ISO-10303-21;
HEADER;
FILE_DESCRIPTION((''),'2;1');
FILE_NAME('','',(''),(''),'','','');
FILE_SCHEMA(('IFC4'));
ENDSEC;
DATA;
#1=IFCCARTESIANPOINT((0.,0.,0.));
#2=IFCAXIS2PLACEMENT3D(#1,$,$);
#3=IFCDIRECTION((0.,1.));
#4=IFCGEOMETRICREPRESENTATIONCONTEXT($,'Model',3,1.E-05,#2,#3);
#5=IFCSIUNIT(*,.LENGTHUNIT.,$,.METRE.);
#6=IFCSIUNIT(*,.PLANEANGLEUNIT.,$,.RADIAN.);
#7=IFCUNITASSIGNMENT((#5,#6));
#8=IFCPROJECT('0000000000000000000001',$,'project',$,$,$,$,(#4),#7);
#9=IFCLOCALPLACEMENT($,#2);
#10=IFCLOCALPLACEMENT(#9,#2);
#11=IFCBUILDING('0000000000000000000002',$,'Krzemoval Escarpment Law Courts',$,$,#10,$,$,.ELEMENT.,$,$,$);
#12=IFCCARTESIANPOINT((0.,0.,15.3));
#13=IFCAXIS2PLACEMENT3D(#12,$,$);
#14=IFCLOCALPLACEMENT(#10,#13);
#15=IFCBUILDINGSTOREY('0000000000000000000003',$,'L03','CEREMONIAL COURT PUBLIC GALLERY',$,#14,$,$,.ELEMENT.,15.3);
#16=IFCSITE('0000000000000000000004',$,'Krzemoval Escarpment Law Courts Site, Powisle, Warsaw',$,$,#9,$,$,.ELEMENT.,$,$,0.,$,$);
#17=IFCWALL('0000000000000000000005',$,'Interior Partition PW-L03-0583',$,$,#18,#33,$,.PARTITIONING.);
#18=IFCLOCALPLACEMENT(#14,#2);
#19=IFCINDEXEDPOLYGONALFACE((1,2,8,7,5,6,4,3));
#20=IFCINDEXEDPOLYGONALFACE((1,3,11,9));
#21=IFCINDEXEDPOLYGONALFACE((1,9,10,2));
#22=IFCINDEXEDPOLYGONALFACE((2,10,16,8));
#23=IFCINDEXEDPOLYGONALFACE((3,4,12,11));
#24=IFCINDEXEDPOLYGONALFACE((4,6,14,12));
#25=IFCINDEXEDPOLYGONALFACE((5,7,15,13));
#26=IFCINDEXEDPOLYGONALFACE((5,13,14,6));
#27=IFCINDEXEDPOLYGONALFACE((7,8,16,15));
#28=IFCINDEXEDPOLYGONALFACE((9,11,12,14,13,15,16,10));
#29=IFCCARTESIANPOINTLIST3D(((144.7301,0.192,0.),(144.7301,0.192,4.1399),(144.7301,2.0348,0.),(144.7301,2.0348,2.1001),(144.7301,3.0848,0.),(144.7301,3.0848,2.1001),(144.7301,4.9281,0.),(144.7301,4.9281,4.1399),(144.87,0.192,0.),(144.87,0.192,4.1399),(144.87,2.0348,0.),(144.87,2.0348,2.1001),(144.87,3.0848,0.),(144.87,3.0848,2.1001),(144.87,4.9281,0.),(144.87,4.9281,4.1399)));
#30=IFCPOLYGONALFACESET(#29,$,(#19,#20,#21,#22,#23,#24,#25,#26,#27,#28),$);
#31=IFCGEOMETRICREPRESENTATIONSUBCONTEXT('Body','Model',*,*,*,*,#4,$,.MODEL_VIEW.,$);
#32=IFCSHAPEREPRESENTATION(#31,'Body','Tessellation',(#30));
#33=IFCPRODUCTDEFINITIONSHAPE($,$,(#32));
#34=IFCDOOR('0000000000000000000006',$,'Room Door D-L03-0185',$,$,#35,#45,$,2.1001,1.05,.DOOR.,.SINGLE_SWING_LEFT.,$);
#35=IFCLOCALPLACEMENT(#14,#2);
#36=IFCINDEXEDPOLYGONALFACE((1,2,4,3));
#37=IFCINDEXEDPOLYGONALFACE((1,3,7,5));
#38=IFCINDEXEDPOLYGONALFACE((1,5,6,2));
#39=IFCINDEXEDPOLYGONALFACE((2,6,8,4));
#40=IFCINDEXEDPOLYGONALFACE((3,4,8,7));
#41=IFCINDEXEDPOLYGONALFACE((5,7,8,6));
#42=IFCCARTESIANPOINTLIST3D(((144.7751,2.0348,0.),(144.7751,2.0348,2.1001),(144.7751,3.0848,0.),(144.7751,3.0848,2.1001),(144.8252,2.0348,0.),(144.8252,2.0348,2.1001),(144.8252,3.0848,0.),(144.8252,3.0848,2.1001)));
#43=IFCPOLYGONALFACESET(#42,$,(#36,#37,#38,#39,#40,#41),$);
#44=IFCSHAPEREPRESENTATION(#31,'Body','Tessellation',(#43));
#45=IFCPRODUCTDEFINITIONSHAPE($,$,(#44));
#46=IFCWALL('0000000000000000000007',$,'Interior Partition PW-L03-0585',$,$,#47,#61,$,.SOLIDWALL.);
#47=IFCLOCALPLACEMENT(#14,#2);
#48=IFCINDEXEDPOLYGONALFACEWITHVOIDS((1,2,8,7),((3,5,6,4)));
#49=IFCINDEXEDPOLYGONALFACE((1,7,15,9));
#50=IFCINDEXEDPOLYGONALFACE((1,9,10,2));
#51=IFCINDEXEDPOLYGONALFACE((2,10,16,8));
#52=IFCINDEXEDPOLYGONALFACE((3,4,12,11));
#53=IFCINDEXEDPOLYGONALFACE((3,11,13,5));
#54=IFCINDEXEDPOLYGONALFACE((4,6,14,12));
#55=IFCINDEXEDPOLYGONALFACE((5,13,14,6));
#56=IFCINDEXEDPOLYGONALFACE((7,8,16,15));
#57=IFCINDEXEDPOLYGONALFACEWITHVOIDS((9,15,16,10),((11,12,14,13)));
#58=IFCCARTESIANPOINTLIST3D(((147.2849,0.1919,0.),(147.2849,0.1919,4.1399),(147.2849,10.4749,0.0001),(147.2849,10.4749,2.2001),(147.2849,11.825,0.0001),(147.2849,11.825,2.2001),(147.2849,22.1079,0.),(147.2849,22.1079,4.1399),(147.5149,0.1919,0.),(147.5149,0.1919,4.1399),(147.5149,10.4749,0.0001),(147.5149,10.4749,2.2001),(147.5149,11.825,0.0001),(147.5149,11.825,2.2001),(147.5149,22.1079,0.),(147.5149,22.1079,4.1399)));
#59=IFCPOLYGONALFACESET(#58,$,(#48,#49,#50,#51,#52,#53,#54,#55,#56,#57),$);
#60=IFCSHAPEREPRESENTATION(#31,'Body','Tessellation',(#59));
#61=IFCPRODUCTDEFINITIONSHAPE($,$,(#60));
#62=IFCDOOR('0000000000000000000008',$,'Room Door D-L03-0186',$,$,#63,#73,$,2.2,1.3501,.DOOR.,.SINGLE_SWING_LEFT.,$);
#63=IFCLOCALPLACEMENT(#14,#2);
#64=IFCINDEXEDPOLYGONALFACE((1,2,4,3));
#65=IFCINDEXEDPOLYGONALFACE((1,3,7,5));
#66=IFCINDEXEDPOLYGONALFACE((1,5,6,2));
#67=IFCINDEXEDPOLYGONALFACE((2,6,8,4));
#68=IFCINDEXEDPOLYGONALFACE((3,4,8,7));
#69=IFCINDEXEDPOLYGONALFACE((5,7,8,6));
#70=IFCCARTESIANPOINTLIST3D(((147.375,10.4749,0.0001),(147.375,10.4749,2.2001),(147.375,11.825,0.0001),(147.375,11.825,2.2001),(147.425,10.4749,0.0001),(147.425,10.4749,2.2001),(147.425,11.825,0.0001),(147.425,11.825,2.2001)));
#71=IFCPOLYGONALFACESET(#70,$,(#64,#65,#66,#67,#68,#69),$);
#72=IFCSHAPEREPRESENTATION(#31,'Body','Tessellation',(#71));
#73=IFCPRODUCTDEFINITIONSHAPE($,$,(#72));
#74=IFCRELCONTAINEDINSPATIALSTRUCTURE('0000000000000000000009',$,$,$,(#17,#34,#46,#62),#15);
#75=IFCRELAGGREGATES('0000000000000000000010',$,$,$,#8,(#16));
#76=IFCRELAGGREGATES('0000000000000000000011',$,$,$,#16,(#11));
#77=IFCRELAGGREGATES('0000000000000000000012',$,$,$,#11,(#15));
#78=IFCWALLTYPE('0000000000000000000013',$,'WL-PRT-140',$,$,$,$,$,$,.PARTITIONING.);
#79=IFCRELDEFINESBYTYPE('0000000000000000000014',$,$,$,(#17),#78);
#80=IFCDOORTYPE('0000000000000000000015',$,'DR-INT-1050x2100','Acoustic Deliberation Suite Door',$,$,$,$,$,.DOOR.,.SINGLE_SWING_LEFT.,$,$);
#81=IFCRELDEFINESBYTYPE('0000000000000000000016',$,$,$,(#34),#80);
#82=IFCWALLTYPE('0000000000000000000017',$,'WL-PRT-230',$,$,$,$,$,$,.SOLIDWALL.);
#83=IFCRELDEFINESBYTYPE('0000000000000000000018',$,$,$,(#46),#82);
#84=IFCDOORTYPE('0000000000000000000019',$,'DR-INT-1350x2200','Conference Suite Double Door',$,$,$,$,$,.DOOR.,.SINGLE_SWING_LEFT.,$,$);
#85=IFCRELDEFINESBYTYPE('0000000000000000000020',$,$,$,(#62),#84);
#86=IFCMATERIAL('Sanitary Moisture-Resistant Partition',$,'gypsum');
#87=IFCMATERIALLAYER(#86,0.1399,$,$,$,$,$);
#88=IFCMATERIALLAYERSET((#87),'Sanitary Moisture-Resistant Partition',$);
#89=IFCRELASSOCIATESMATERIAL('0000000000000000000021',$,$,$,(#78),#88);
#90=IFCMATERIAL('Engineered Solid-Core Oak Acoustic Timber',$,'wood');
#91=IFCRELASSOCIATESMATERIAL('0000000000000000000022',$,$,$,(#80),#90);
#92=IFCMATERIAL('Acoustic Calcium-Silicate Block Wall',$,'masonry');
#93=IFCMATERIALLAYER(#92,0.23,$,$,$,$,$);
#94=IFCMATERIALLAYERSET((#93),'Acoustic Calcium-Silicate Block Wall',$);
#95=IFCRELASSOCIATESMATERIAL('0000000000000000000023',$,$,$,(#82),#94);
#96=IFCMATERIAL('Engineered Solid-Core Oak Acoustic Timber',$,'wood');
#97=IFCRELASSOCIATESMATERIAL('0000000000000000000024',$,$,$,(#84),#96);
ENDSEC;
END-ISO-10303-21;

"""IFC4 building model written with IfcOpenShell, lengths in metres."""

from ifc_helpers import new_model, si_unit, direction, frame, frame_2d, origin, place, context, subcontext, project, spatial, rectangle, extrude, material, layer, layer_set, type_object, element, fill, save


model = new_model("IFC4")

# Units and contexts
model_context = context("Model", 3, precision=1e-05, world=origin(), true_north=direction((0.0, 1.0)))
body_context = subcontext(model_context, "Body", "Model", "MODEL_VIEW")
ifc_project = project(units=[si_unit("LENGTHUNIT", "METRE"), si_unit("PLANEANGLEUNIT", "RADIAN")], contexts=[model_context])

# Site, building, storey
site_placement = place(None, origin())
site = spatial("IfcSite", under=ifc_project, at=site_placement, Name="Krzemoval Escarpment Law Courts Site, Powisle, Warsaw", CompositionType="ELEMENT", RefElevation=0.0)
building_placement = place(site_placement, origin())
building = spatial("IfcBuilding", under=site, at=building_placement, Name="Krzemoval Escarpment Law Courts", CompositionType="ELEMENT")
storey_placement = place(building_placement, frame((0.0, 0.0, 15.3)))
storey = spatial("IfcBuildingStorey", under=building, at=storey_placement, Name="L03", Description="CEREMONIAL COURT PUBLIC GALLERY", CompositionType="ELEMENT", Elevation=15.3)

# Walls, openings, doors
ifc_material_1 = material(Name="Sanitary Moisture-Resistant Partition", Category="gypsum")
ifc_layer_1 = layer(ifc_material_1, 0.1399)
ifc_layer_set_1 = layer_set([ifc_layer_1], Name="Sanitary Moisture-Resistant Partition")
wall_type_1 = type_object("IfcWallType", Name="WL-PRT-140", PredefinedType="PARTITIONING", material=ifc_layer_set_1)
wall_1_placement = place(storey_placement, frame((144.8, 0.1919, 0.0), z_axis=(0.0, 0.0, 1.0), x_axis=(0.0, 1.0, 0.0)))
wall_1 = element("IfcWall", 1, at=wall_1_placement, inside=storey, type_object=wall_type_1, Name="Interior Partition PW-L03-0583", PredefinedType="PARTITIONING", context=body_context, shape_type="SweptSolid", body=[
    extrude(rectangle(XDim=4.7361, YDim=0.1399, at=frame_2d((2.3682, 0.0))), origin(), (0.0, 0.0, 1.0), 4.1399),
])
opening_1_placement = place(wall_1_placement, frame((1.843, 0.0, 0.0)))
opening_1 = element("IfcOpeningElement", 2, at=opening_1_placement, cuts=wall_1, PredefinedType="OPENING", context=body_context, shape_type="SweptSolid", body=[
    extrude(rectangle(XDim=1.05, YDim=2.1001, at=frame_2d((0.5249, 1.05))), frame((0.0, 0.0849, 0.0), z_axis=(0.0, -1.0, 0.0), x_axis=(1.0, 0.0, 0.0)), (0.0, 0.0, 1.0), 0.1699),
])
ifc_material_2 = material(Name="Engineered Solid-Core Oak Acoustic Timber", Category="wood")
door_type_1 = type_object("IfcDoorType", Name="DR-INT-1050x2100", Description="Acoustic Deliberation Suite Door", OperationType="SINGLE_SWING_LEFT", PredefinedType="DOOR", material=ifc_material_2)
door_1_placement = place(opening_1_placement, origin())
door_1 = element("IfcDoor", 3, at=door_1_placement, inside=storey, type_object=door_type_1, Name="Room Door D-L03-0185", OperationType="SINGLE_SWING_LEFT", OverallHeight=2.1001, OverallWidth=1.05, PredefinedType="DOOR", context=body_context, shape_type="SweptSolid", body=[
    extrude(rectangle(XDim=1.05, YDim=2.1001, at=frame_2d((0.5249, 1.05))), frame((0.0, 0.0249, 0.0), z_axis=(0.0, -1.0, 0.0), x_axis=(1.0, 0.0, 0.0)), (0.0, 0.0, 1.0), 0.05),
])
fill(opening_1, door_1)
ifc_material_3 = material(Name="Acoustic Calcium-Silicate Block Wall", Category="masonry")
ifc_layer_2 = layer(ifc_material_3, 0.23)
ifc_layer_set_2 = layer_set([ifc_layer_2], Name="Acoustic Calcium-Silicate Block Wall")
wall_type_2 = type_object("IfcWallType", Name="WL-PRT-230", PredefinedType="SOLIDWALL", material=ifc_layer_set_2)
wall_2_placement = place(storey_placement, frame((147.3999, 0.1919, 0.0), z_axis=(0.0, 0.0, 1.0), x_axis=(0.0, 1.0, 0.0)))
wall_2 = element("IfcWall", 4, at=wall_2_placement, inside=storey, type_object=wall_type_2, Name="Interior Partition PW-L03-0585", PredefinedType="SOLIDWALL", context=body_context, shape_type="SweptSolid", body=[
    extrude(rectangle(XDim=21.916, YDim=0.23, at=frame_2d((10.958, 0.0))), origin(), (0.0, 0.0, 1.0), 4.1399),
])
opening_2_placement = place(wall_2_placement, frame((10.283, 0.0, 0.0)))
opening_2 = element("IfcOpeningElement", 5, at=opening_2_placement, cuts=wall_2, PredefinedType="OPENING", context=body_context, shape_type="SweptSolid", body=[
    extrude(rectangle(XDim=1.3501, YDim=2.2, at=frame_2d((0.675, 1.1001))), frame((0.0, 0.13, 0.0), z_axis=(0.0, -1.0, 0.0), x_axis=(1.0, 0.0, 0.0)), (0.0, 0.0, 1.0), 0.26),
])
ifc_material_4 = material(Name="Engineered Solid-Core Oak Acoustic Timber", Category="wood")
door_type_2 = type_object("IfcDoorType", Name="DR-INT-1350x2200", Description="Conference Suite Double Door", OperationType="SINGLE_SWING_LEFT", PredefinedType="DOOR", material=ifc_material_4)
door_2_placement = place(opening_2_placement, origin())
door_2 = element("IfcDoor", 6, at=door_2_placement, inside=storey, type_object=door_type_2, Name="Room Door D-L03-0186", OperationType="SINGLE_SWING_LEFT", OverallHeight=2.2, OverallWidth=1.3501, PredefinedType="DOOR", context=body_context, shape_type="SweptSolid", body=[
    extrude(rectangle(XDim=1.3501, YDim=2.2, at=frame_2d((0.675, 1.1001))), frame((0.0, 0.0249, 0.0), z_axis=(0.0, -1.0, 0.0), x_axis=(1.0, 0.0, 0.0)), (0.0, 0.0, 1.0), 0.05),
])
fill(opening_2, door_2)

save(model, "model.ifc")
